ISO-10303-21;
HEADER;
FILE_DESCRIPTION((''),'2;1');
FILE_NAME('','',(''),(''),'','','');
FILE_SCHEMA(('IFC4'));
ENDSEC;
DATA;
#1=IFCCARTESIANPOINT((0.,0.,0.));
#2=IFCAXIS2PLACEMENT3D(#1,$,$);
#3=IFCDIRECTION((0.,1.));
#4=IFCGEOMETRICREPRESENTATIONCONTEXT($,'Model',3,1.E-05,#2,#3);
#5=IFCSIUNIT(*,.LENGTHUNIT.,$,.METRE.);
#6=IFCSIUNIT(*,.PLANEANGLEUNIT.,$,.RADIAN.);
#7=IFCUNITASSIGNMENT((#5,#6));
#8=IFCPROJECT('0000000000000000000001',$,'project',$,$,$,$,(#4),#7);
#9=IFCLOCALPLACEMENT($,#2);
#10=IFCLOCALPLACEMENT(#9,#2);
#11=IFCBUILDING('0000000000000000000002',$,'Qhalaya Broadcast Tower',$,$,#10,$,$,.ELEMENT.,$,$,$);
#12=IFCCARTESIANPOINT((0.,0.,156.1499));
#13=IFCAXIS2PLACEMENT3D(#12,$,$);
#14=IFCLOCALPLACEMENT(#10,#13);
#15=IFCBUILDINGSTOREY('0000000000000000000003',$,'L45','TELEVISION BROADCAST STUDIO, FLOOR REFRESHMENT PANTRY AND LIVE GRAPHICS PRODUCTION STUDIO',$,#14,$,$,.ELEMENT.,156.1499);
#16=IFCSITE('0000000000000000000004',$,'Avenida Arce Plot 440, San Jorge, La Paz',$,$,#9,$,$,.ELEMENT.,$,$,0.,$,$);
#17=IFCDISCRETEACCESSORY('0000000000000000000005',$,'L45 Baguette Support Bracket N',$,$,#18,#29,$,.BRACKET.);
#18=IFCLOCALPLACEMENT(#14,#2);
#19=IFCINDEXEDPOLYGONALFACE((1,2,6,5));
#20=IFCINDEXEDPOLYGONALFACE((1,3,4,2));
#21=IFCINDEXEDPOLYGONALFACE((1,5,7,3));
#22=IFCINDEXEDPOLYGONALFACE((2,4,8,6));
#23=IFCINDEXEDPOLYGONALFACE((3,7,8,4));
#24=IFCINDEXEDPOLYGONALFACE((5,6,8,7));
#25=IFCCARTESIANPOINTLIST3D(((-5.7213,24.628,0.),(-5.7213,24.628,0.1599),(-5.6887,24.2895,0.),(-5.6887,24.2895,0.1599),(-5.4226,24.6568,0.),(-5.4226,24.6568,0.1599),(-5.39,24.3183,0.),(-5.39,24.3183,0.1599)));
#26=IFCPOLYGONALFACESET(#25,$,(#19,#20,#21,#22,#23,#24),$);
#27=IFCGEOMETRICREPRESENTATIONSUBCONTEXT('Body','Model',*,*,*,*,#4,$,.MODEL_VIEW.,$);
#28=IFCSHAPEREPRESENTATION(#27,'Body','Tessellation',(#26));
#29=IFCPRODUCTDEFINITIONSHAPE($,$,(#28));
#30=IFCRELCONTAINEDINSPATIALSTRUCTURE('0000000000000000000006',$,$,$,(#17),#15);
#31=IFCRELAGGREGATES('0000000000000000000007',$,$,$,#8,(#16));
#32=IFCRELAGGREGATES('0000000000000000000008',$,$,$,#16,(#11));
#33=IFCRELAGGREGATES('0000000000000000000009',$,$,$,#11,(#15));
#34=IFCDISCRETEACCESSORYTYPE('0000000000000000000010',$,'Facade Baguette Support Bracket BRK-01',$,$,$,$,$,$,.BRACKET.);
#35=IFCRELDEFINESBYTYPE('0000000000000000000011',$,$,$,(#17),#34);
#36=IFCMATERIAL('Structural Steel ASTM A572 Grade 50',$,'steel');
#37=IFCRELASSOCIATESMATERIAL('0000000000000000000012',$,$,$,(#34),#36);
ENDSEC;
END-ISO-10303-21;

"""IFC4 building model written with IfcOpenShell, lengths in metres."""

from ifc_helpers import new_model, si_unit, direction, frame, origin, origin_2d, place, context, subcontext, project, spatial, rectangle, extrude, material, type_object, element, save


model = new_model("IFC4")

# Units and contexts
model_context = context("Model", 3, precision=1e-05, world=origin(), true_north=direction((0.0, 1.0)))
body_context = subcontext(model_context, "Body", "Model", "MODEL_VIEW")
ifc_project = project(units=[si_unit("LENGTHUNIT", "METRE"), si_unit("PLANEANGLEUNIT", "RADIAN")], contexts=[model_context])

# Site, building, storey
site_placement = place(None, origin())
site = spatial("IfcSite", under=ifc_project, at=site_placement, Name="Avenida Arce Plot 440, San Jorge, La Paz", CompositionType="ELEMENT", RefElevation=0.0)
building_placement = place(site_placement, origin())
building = spatial("IfcBuilding", under=site, at=building_placement, Name="Qhalaya Broadcast Tower", CompositionType="ELEMENT")
storey_placement = place(building_placement, frame((0.0, 0.0, 156.1499)))
storey = spatial("IfcBuildingStorey", under=building, at=storey_placement, Name="L45", Description="TELEVISION BROADCAST STUDIO, FLOOR REFRESHMENT PANTRY AND LIVE GRAPHICS PRODUCTION STUDIO", CompositionType="ELEMENT", Elevation=156.1499)

# Shared definitions
ifc_material_1 = material(Name="Structural Steel ASTM A572 Grade 50", Category="steel")

# Discrete accessory
discrete_accessory_type = type_object("IfcDiscreteAccessoryType", Name="Facade Baguette Support Bracket BRK-01", PredefinedType="BRACKET", material=ifc_material_1)
discrete_accessory_placement = place(storey_placement, frame((-5.5557, 24.4731, 0.0), z_axis=(0.0, 0.0, 1.0), x_axis=(-0.995396, -0.095846, 0.0)))
element("IfcDiscreteAccessory", 1, at=discrete_accessory_placement, inside=storey, type_object=discrete_accessory_type, Name="L45 Baguette Support Bracket N", PredefinedType="BRACKET", context=body_context, shape_type="SweptSolid", body=[
    extrude(rectangle(XDim=0.3, YDim=0.3401, at=origin_2d()), origin(), (0.0, 0.0, 1.0), 0.1599),
])

save(model, "model.ifc")
